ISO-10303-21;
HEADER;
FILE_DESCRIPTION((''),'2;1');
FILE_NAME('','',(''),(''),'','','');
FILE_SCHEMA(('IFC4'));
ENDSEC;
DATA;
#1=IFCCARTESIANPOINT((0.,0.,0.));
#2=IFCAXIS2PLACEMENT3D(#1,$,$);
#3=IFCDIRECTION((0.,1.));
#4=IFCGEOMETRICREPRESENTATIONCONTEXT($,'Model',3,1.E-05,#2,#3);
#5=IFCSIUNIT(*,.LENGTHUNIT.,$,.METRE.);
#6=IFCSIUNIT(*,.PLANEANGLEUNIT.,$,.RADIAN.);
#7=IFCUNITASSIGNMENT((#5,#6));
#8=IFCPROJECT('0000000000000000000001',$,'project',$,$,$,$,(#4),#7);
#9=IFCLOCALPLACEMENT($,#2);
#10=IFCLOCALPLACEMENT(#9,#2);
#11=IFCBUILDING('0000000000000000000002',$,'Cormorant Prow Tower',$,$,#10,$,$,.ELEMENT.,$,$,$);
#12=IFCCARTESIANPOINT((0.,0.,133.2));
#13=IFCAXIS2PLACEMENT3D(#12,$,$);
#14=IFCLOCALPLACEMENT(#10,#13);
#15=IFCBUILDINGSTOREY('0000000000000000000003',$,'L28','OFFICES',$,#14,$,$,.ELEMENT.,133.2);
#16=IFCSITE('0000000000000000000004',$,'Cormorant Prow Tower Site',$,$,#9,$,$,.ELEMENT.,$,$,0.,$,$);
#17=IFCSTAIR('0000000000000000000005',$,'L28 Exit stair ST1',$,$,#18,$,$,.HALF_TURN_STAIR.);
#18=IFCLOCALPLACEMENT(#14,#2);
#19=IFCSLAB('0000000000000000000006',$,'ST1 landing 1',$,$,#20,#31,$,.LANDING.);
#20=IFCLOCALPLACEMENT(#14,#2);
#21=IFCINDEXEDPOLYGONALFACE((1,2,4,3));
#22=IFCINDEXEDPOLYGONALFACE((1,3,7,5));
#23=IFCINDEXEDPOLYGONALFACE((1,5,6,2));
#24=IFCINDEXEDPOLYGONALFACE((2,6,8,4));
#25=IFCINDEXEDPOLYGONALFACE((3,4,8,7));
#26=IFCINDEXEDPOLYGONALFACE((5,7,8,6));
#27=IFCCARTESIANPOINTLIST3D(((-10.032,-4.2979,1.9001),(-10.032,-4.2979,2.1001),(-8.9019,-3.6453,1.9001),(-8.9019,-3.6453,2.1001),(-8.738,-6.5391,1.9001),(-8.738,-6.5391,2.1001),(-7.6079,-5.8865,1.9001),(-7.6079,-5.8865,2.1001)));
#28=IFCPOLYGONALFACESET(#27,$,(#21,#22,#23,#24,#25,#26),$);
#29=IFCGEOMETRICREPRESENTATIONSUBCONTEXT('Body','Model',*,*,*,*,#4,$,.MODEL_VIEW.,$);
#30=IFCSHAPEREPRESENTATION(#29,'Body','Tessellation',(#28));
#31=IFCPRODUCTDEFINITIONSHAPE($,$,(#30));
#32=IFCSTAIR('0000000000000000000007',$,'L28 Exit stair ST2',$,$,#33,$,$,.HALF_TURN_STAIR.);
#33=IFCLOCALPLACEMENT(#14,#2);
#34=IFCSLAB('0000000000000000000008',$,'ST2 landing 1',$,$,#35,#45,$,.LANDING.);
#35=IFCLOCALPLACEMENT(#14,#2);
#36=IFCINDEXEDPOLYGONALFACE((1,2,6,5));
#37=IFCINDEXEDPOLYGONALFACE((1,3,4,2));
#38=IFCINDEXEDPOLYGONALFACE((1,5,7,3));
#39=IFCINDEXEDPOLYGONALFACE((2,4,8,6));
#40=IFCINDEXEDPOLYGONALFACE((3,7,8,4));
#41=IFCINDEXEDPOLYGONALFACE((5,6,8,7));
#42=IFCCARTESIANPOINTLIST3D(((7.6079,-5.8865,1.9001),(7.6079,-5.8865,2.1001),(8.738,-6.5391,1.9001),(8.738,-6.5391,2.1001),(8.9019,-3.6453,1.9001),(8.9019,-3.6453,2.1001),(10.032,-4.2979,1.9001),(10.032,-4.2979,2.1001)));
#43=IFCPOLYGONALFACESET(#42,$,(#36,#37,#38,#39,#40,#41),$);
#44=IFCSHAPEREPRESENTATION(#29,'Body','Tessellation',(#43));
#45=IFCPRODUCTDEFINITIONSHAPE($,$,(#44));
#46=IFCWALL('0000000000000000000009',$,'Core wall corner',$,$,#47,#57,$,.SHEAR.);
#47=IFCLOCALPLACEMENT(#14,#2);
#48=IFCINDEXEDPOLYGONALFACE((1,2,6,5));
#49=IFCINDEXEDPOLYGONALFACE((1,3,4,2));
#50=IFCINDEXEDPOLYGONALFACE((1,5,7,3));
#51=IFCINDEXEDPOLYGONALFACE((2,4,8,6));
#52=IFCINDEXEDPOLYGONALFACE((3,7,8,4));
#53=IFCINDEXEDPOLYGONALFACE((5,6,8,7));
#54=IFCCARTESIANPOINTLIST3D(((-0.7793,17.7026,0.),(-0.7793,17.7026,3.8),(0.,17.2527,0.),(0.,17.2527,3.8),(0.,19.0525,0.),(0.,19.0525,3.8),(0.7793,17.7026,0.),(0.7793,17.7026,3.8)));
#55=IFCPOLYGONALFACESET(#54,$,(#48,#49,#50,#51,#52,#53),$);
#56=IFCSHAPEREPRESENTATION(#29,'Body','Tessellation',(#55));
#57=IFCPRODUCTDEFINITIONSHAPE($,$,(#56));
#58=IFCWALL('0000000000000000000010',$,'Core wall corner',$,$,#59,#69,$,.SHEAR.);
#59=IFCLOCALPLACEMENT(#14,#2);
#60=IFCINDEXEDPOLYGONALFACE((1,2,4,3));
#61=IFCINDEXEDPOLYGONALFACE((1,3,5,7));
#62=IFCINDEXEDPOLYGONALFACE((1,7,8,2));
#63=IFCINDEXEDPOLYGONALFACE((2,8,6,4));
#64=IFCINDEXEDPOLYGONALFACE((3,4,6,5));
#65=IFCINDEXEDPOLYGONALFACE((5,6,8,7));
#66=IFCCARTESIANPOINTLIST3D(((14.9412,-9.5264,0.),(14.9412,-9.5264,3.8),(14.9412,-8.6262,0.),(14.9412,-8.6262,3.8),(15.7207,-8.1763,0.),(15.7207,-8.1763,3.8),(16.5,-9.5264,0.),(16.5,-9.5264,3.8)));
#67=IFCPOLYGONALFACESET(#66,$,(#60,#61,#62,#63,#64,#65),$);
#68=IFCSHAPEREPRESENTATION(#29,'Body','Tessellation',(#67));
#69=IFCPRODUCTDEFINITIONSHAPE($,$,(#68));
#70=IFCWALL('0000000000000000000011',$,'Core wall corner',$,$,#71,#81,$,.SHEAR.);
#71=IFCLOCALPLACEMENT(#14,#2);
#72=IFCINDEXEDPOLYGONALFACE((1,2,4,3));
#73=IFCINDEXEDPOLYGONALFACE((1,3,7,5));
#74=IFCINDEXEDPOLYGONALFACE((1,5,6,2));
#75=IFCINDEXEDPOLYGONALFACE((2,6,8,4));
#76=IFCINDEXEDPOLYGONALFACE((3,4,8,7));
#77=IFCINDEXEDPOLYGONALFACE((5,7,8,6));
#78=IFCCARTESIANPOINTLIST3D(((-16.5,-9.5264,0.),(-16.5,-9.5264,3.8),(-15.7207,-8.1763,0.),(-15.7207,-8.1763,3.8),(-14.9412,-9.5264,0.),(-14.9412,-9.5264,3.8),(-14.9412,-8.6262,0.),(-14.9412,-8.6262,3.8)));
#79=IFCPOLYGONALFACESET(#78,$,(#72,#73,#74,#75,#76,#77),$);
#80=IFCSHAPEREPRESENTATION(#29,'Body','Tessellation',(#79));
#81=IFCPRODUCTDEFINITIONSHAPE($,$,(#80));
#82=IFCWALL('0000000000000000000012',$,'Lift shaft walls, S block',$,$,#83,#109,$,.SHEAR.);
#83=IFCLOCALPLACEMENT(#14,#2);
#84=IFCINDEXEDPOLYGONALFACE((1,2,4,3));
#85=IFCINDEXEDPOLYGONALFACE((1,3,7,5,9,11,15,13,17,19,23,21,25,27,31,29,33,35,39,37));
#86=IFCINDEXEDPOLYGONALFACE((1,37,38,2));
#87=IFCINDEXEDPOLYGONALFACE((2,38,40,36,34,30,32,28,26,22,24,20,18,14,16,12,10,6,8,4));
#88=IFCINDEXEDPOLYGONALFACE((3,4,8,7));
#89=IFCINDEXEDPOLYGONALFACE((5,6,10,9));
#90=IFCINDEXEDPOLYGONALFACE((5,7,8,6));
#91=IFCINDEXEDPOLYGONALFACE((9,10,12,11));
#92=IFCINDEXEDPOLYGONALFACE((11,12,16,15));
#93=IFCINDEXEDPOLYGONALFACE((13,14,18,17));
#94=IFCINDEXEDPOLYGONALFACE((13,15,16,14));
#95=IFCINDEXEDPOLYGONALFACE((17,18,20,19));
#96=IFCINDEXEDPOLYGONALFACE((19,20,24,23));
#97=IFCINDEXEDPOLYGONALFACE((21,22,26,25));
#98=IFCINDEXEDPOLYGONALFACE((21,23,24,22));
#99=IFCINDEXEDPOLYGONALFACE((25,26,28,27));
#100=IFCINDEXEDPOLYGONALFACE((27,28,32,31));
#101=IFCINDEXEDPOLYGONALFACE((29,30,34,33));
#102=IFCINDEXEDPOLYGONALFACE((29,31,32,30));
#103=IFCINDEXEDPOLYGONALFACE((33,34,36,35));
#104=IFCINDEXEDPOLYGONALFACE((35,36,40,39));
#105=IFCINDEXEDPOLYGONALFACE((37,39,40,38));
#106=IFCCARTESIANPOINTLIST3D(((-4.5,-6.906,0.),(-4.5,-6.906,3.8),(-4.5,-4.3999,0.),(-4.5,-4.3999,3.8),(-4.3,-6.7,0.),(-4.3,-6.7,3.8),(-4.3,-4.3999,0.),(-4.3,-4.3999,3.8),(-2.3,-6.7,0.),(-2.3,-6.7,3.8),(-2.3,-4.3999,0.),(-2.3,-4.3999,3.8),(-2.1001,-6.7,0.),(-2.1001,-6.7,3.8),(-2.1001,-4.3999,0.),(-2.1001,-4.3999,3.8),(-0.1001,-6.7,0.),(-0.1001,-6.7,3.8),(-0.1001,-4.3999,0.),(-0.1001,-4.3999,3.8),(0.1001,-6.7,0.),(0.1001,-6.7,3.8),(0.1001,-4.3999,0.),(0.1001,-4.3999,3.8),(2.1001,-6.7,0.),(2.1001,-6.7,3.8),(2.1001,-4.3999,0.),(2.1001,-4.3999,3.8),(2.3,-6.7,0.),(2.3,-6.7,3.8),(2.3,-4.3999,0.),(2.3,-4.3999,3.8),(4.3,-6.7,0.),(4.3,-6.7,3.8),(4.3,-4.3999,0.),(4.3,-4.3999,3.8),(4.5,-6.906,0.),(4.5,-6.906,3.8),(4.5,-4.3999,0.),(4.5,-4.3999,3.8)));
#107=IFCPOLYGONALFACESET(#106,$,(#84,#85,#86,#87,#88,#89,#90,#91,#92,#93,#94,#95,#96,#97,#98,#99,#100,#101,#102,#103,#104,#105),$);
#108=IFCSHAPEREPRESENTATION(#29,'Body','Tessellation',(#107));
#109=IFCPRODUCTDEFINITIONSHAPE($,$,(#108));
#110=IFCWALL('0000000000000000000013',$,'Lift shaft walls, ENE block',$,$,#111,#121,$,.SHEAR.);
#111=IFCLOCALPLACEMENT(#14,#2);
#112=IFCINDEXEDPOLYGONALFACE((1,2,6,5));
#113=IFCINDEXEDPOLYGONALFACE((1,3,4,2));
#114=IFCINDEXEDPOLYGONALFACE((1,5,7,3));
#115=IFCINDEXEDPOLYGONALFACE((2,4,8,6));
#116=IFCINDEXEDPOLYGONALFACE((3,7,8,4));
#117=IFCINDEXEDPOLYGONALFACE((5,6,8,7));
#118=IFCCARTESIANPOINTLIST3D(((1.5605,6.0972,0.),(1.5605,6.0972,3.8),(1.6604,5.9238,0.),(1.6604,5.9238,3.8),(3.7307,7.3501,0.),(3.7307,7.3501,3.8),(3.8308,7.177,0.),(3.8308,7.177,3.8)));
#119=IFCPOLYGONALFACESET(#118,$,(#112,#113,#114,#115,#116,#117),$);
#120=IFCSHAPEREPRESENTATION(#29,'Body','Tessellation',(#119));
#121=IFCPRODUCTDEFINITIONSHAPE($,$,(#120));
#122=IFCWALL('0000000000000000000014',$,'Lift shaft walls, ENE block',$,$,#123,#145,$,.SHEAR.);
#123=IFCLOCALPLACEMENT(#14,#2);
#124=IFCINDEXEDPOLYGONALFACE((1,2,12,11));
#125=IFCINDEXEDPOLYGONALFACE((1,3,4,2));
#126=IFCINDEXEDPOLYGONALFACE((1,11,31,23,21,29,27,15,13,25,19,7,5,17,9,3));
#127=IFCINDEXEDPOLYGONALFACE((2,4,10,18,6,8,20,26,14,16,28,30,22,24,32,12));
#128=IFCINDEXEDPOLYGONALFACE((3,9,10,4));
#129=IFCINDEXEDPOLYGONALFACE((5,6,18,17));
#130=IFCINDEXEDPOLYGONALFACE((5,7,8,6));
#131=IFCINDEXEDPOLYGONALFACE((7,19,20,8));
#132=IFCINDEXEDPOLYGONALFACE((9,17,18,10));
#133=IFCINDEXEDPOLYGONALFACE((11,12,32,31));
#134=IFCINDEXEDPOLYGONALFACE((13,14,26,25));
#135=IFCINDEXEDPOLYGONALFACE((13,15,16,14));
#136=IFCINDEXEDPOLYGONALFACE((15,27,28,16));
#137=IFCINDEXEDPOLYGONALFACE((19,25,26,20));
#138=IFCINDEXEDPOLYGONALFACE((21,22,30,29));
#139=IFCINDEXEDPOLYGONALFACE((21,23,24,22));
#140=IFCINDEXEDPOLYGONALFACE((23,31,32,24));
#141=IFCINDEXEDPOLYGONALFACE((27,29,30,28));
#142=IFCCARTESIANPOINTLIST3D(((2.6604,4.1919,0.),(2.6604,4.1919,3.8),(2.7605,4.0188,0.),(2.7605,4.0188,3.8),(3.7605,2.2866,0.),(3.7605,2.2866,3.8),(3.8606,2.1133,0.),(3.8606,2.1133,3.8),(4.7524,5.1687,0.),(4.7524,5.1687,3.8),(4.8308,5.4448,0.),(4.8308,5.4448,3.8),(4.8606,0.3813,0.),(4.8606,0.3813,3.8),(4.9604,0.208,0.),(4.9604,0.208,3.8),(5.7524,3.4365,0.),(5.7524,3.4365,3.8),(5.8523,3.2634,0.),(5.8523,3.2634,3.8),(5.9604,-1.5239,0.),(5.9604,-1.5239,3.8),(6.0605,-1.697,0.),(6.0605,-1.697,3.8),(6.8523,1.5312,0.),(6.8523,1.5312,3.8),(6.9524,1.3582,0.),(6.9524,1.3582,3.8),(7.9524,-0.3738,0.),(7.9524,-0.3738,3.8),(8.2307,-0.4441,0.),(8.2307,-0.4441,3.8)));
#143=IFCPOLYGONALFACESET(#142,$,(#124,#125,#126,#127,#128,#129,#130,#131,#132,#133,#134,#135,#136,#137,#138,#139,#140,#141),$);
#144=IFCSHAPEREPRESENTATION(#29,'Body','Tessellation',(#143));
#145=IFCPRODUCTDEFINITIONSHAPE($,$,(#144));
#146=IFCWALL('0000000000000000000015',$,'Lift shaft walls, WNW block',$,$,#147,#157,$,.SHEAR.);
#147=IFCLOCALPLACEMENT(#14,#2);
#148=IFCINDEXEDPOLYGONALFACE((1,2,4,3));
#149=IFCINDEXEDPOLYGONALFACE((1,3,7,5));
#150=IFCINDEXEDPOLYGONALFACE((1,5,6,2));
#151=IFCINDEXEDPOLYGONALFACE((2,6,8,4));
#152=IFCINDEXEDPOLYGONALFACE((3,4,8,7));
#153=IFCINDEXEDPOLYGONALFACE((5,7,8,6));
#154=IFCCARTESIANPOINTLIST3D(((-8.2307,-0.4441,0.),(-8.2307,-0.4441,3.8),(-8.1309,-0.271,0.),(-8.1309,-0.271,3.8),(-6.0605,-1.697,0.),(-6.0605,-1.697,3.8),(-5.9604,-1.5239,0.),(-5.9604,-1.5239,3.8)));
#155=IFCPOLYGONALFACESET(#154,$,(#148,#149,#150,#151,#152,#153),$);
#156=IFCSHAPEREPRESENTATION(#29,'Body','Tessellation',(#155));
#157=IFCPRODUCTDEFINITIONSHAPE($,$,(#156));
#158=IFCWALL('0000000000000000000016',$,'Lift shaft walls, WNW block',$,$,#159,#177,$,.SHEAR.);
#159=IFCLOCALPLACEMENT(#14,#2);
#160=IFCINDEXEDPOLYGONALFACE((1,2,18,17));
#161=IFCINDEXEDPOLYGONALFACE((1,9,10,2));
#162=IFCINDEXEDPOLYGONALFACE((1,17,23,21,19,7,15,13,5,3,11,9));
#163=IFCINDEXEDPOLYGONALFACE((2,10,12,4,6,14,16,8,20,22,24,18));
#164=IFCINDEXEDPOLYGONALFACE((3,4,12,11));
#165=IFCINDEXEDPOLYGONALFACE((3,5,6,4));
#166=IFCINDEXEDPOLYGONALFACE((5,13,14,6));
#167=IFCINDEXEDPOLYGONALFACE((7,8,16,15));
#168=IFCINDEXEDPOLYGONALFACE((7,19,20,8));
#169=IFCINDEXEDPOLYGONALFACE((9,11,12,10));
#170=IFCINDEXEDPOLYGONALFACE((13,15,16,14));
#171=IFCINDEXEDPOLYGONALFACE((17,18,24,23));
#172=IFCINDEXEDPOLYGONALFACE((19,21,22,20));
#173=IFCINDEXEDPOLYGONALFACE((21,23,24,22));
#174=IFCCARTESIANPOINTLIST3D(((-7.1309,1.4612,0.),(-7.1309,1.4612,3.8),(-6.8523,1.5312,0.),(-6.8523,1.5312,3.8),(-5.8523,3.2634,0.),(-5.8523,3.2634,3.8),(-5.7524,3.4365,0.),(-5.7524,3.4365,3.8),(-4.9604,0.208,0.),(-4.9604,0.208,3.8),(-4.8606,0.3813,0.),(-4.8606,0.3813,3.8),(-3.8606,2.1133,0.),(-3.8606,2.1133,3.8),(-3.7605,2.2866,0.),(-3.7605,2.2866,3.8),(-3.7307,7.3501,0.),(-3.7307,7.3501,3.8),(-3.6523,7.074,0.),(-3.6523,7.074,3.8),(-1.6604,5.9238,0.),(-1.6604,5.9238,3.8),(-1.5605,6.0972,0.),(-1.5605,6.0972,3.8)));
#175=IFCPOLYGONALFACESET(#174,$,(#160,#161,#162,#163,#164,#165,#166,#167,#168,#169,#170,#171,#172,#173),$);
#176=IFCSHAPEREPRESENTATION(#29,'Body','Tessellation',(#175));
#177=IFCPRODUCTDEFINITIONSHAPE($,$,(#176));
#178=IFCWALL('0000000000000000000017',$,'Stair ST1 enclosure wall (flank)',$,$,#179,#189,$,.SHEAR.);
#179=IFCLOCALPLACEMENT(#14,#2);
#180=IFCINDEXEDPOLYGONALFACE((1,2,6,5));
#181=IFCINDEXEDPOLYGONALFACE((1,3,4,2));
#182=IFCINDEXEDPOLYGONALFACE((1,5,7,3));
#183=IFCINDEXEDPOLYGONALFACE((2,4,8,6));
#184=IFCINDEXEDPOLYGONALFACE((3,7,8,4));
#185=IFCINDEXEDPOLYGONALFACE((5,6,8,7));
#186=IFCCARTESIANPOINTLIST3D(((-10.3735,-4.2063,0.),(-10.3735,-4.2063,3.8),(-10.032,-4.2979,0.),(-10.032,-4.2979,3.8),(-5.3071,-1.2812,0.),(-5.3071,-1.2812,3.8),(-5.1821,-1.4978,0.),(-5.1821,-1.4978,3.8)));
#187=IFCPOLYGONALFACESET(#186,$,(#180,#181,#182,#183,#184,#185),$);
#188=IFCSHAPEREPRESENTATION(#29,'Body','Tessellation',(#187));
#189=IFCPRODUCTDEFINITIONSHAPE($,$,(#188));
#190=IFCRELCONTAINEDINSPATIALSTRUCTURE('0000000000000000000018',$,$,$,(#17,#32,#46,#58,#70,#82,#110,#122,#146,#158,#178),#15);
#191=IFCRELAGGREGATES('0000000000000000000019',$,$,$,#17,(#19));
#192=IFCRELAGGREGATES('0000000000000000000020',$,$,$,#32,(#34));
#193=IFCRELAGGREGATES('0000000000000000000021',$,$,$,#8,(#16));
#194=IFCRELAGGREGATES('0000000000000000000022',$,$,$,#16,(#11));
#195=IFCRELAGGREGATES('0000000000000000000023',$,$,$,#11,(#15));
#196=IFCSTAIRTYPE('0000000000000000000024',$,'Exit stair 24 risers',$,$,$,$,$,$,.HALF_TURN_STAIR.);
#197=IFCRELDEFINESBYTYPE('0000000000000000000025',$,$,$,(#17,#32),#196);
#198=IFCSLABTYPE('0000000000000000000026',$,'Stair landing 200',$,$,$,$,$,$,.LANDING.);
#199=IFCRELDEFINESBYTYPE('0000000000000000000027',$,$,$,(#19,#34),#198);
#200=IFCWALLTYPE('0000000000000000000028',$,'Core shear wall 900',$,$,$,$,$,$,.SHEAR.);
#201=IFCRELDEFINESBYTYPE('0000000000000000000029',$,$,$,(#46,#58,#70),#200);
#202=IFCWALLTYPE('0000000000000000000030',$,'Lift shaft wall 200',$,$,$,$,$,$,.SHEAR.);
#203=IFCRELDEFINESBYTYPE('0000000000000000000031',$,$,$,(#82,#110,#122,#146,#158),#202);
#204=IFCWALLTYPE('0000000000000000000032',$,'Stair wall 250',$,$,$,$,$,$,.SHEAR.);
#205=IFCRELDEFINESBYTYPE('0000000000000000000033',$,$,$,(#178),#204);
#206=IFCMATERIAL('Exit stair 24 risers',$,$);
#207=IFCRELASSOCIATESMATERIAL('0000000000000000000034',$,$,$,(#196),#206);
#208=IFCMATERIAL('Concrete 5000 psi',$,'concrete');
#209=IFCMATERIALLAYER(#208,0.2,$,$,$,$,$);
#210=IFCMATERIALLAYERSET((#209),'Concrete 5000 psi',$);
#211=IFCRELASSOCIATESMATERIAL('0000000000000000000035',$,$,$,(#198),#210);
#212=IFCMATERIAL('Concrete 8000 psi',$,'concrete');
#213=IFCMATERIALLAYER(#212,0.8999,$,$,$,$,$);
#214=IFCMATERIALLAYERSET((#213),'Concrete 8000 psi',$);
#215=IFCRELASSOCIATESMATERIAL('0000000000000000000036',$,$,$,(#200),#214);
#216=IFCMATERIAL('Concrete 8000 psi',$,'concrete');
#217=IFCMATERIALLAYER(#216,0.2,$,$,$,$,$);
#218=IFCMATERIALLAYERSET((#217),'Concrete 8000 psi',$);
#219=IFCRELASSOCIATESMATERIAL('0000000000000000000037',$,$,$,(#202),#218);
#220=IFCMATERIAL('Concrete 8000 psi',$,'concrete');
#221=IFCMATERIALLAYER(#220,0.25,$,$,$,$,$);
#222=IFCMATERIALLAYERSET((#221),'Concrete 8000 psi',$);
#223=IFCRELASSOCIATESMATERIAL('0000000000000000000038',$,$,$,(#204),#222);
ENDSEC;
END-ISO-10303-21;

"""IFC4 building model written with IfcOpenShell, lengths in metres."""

from ifc_helpers import new_model, si_unit, direction, frame, origin, place, context, subcontext, project, spatial, polyline, outline, extrude, material, layer, layer_set, type_object, element, aggregate, save


model = new_model("IFC4")

# Units and contexts
model_context = context("Model", 3, precision=1e-05, world=origin(), true_north=direction((0.0, 1.0)))
body_context = subcontext(model_context, "Body", "Model", "MODEL_VIEW")
ifc_project = project(units=[si_unit("LENGTHUNIT", "METRE"), si_unit("PLANEANGLEUNIT", "RADIAN")], contexts=[model_context])

# Site, building, storey
site_placement = place(None, origin())
site = spatial("IfcSite", under=ifc_project, at=site_placement, Name="Cormorant Prow Tower Site", CompositionType="ELEMENT", RefElevation=0.0)
building_placement = place(site_placement, origin())
building = spatial("IfcBuilding", under=site, at=building_placement, Name="Cormorant Prow Tower", CompositionType="ELEMENT")
storey_placement = place(building_placement, frame((0.0, 0.0, 133.2)))
storey = spatial("IfcBuildingStorey", under=building, at=storey_placement, Name="L28", Description="OFFICES", CompositionType="ELEMENT", Elevation=133.2)

# Stairs, slabs
ifc_material_1 = material(Name="Exit stair 24 risers")
stair_type = type_object("IfcStairType", Name="Exit stair 24 risers", PredefinedType="HALF_TURN_STAIR", material=ifc_material_1)
stair_1_placement = place(storey_placement, origin())
stair_1 = element("IfcStair", 1, at=stair_1_placement, inside=storey, type_object=stair_type, Name="L28 Exit stair ST1", PredefinedType="HALF_TURN_STAIR")
ifc_material_2 = material(Name="Concrete 5000 psi", Category="concrete")
ifc_layer_1 = layer(ifc_material_2, 0.2)
ifc_layer_set_1 = layer_set([ifc_layer_1], Name="Concrete 5000 psi")
slab_type = type_object("IfcSlabType", Name="Stair landing 200", PredefinedType="LANDING", material=ifc_layer_set_1)
slab_1_placement = place(storey_placement, frame((0.0, 0.0, 1.9001)))
slab_1 = element("IfcSlab", 2, at=slab_1_placement, type_object=slab_type, Name="ST1 landing 1", PredefinedType="LANDING", context=body_context, shape_type="SweptSolid", body=[
    extrude(outline(polyline([(-8.9019, -3.6453), (-10.032, -4.2979), (-8.738, -6.5391), (-7.6079, -5.8865), (-8.9019, -3.6453)])), origin(), (0.0, 0.0, 1.0), 0.2),
])
aggregate(stair_1, [slab_1])
stair_2_placement = place(storey_placement, origin())
stair_2 = element("IfcStair", 3, at=stair_2_placement, inside=storey, type_object=stair_type, Name="L28 Exit stair ST2", PredefinedType="HALF_TURN_STAIR")
slab_2_placement = place(storey_placement, frame((0.0, 0.0, 1.9001)))
slab_2 = element("IfcSlab", 4, at=slab_2_placement, type_object=slab_type, Name="ST2 landing 1", PredefinedType="LANDING", context=body_context, shape_type="SweptSolid", body=[
    extrude(outline(polyline([(7.6079, -5.8865), (8.738, -6.5391), (10.032, -4.2979), (8.9019, -3.6453), (7.6079, -5.8865)])), origin(), (0.0, 0.0, 1.0), 0.2),
])
aggregate(stair_2, [slab_2])

# Walls
ifc_material_3 = material(Name="Concrete 8000 psi", Category="concrete")
ifc_layer_2 = layer(ifc_material_3, 0.8999)
ifc_layer_set_2 = layer_set([ifc_layer_2], Name="Concrete 8000 psi")
wall_type_1 = type_object("IfcWallType", Name="Core shear wall 900", PredefinedType="SHEAR", material=ifc_layer_set_2)
wall_1_placement = place(storey_placement, origin())
element("IfcWall", 5, at=wall_1_placement, inside=storey, type_object=wall_type_1, Name="Core wall corner", PredefinedType="SHEAR", context=body_context, shape_type="SweptSolid", body=[
    extrude(outline(polyline([(-0.7793, 17.7026), (0.0, 19.0525), (0.7793, 17.7026), (0.0, 17.2527), (-0.7793, 17.7026)])), origin(), (0.0, 0.0, 1.0), 3.8),
])
wall_2_placement = place(storey_placement, origin())
element("IfcWall", 6, at=wall_2_placement, inside=storey, type_object=wall_type_1, Name="Core wall corner", PredefinedType="SHEAR", context=body_context, shape_type="SweptSolid", body=[
    extrude(outline(polyline([(14.9412, -8.6262), (15.7207, -8.1763), (16.5, -9.5264), (14.9412, -9.5264), (14.9412, -8.6262)])), origin(), (0.0, 0.0, 1.0), 3.8),
])
wall_3_placement = place(storey_placement, origin())
element("IfcWall", 7, at=wall_3_placement, inside=storey, type_object=wall_type_1, Name="Core wall corner", PredefinedType="SHEAR", context=body_context, shape_type="SweptSolid", body=[
    extrude(outline(polyline([(-14.9412, -8.6262), (-14.9412, -9.5264), (-16.5, -9.5264), (-15.7207, -8.1763), (-14.9412, -8.6262)])), origin(), (0.0, 0.0, 1.0), 3.8),
])
ifc_material_4 = material(Name="Concrete 8000 psi", Category="concrete")
ifc_layer_3 = layer(ifc_material_4, 0.2)
ifc_layer_set_3 = layer_set([ifc_layer_3], Name="Concrete 8000 psi")
wall_type_2 = type_object("IfcWallType", Name="Lift shaft wall 200", PredefinedType="SHEAR", material=ifc_layer_set_3)
wall_4_placement = place(storey_placement, origin())
element("IfcWall", 8, at=wall_4_placement, inside=storey, type_object=wall_type_2, Name="Lift shaft walls, S block", PredefinedType="SHEAR", context=body_context, shape_type="SweptSolid", body=[
    extrude(outline(polyline([(4.5, -4.3999), (4.5, -6.906), (-4.5, -6.906), (-4.5, -4.3999), (-4.3, -4.3999), (-4.3, -6.7), (-2.3, -6.7), (-2.3, -4.3999), (-2.1001, -4.3999), (-2.1001, -6.7), (-0.1001, -6.7), (-0.1001, -4.3999), (0.1001, -4.3999), (0.1001, -6.7), (2.1001, -6.7), (2.1001, -4.3999), (2.3, -4.3999), (2.3, -6.7), (4.3, -6.7), (4.3, -4.3999), (4.5, -4.3999)])), origin(), (0.0, 0.0, 1.0), 3.8),
])
wall_5_placement = place(storey_placement, origin())
element("IfcWall", 9, at=wall_5_placement, inside=storey, type_object=wall_type_2, Name="Lift shaft walls, ENE block", PredefinedType="SHEAR", context=body_context, shape_type="SweptSolid", body=[
    extrude(outline(polyline([(1.5605, 6.0972), (3.7307, 7.3501), (3.8308, 7.177), (1.6604, 5.9238), (1.5605, 6.0972)])), origin(), (0.0, 0.0, 1.0), 3.8),
])
wall_6_placement = place(storey_placement, origin())
element("IfcWall", 10, at=wall_6_placement, inside=storey, type_object=wall_type_2, Name="Lift shaft walls, ENE block", PredefinedType="SHEAR", context=body_context, shape_type="SweptSolid", body=[
    extrude(outline(polyline([(2.6604, 4.1919), (4.8308, 5.4448), (8.2307, -0.4441), (6.0605, -1.697), (5.9604, -1.5239), (7.9524, -0.3738), (6.9524, 1.3582), (4.9604, 0.208), (4.8606, 0.3813), (6.8523, 1.5312), (5.8523, 3.2634), (3.8606, 2.1133), (3.7605, 2.2866), (5.7524, 3.4365), (4.7524, 5.1687), (2.7605, 4.0188), (2.6604, 4.1919)])), origin(), (0.0, 0.0, 1.0), 3.8),
])
wall_7_placement = place(storey_placement, origin())
element("IfcWall", 11, at=wall_7_placement, inside=storey, type_object=wall_type_2, Name="Lift shaft walls, WNW block", PredefinedType="SHEAR", context=body_context, shape_type="SweptSolid", body=[
    extrude(outline(polyline([(-6.0605, -1.697), (-8.2307, -0.4441), (-8.1309, -0.271), (-5.9604, -1.5239), (-6.0605, -1.697)])), origin(), (0.0, 0.0, 1.0), 3.8),
])
wall_8_placement = place(storey_placement, origin())
element("IfcWall", 12, at=wall_8_placement, inside=storey, type_object=wall_type_2, Name="Lift shaft walls, WNW block", PredefinedType="SHEAR", context=body_context, shape_type="SweptSolid", body=[
    extrude(outline(polyline([(-4.9604, 0.208), (-7.1309, 1.4612), (-3.7307, 7.3501), (-1.5605, 6.0972), (-1.6604, 5.9238), (-3.6523, 7.074), (-5.7524, 3.4365), (-3.7605, 2.2866), (-3.8606, 2.1133), (-5.8523, 3.2634), (-6.8523, 1.5312), (-4.8606, 0.3813), (-4.9604, 0.208)])), origin(), (0.0, 0.0, 1.0), 3.8),
])
ifc_material_5 = material(Name="Concrete 8000 psi", Category="concrete")
ifc_layer_4 = layer(ifc_material_5, 0.25)
ifc_layer_set_4 = layer_set([ifc_layer_4], Name="Concrete 8000 psi")
wall_type_3 = type_object("IfcWallType", Name="Stair wall 250", PredefinedType="SHEAR", material=ifc_layer_set_4)
wall_9_placement = place(storey_placement, origin())
element("IfcWall", 13, at=wall_9_placement, inside=storey, type_object=wall_type_3, Name="Stair ST1 enclosure wall (flank)", PredefinedType="SHEAR", context=body_context, shape_type="SweptSolid", body=[
    extrude(outline(polyline([(-5.3071, -1.2812), (-10.3735, -4.2063), (-10.032, -4.2979), (-5.1821, -1.4978), (-5.3071, -1.2812)])), origin(), (0.0, 0.0, 1.0), 3.8),
])

save(model, "model.ifc")
